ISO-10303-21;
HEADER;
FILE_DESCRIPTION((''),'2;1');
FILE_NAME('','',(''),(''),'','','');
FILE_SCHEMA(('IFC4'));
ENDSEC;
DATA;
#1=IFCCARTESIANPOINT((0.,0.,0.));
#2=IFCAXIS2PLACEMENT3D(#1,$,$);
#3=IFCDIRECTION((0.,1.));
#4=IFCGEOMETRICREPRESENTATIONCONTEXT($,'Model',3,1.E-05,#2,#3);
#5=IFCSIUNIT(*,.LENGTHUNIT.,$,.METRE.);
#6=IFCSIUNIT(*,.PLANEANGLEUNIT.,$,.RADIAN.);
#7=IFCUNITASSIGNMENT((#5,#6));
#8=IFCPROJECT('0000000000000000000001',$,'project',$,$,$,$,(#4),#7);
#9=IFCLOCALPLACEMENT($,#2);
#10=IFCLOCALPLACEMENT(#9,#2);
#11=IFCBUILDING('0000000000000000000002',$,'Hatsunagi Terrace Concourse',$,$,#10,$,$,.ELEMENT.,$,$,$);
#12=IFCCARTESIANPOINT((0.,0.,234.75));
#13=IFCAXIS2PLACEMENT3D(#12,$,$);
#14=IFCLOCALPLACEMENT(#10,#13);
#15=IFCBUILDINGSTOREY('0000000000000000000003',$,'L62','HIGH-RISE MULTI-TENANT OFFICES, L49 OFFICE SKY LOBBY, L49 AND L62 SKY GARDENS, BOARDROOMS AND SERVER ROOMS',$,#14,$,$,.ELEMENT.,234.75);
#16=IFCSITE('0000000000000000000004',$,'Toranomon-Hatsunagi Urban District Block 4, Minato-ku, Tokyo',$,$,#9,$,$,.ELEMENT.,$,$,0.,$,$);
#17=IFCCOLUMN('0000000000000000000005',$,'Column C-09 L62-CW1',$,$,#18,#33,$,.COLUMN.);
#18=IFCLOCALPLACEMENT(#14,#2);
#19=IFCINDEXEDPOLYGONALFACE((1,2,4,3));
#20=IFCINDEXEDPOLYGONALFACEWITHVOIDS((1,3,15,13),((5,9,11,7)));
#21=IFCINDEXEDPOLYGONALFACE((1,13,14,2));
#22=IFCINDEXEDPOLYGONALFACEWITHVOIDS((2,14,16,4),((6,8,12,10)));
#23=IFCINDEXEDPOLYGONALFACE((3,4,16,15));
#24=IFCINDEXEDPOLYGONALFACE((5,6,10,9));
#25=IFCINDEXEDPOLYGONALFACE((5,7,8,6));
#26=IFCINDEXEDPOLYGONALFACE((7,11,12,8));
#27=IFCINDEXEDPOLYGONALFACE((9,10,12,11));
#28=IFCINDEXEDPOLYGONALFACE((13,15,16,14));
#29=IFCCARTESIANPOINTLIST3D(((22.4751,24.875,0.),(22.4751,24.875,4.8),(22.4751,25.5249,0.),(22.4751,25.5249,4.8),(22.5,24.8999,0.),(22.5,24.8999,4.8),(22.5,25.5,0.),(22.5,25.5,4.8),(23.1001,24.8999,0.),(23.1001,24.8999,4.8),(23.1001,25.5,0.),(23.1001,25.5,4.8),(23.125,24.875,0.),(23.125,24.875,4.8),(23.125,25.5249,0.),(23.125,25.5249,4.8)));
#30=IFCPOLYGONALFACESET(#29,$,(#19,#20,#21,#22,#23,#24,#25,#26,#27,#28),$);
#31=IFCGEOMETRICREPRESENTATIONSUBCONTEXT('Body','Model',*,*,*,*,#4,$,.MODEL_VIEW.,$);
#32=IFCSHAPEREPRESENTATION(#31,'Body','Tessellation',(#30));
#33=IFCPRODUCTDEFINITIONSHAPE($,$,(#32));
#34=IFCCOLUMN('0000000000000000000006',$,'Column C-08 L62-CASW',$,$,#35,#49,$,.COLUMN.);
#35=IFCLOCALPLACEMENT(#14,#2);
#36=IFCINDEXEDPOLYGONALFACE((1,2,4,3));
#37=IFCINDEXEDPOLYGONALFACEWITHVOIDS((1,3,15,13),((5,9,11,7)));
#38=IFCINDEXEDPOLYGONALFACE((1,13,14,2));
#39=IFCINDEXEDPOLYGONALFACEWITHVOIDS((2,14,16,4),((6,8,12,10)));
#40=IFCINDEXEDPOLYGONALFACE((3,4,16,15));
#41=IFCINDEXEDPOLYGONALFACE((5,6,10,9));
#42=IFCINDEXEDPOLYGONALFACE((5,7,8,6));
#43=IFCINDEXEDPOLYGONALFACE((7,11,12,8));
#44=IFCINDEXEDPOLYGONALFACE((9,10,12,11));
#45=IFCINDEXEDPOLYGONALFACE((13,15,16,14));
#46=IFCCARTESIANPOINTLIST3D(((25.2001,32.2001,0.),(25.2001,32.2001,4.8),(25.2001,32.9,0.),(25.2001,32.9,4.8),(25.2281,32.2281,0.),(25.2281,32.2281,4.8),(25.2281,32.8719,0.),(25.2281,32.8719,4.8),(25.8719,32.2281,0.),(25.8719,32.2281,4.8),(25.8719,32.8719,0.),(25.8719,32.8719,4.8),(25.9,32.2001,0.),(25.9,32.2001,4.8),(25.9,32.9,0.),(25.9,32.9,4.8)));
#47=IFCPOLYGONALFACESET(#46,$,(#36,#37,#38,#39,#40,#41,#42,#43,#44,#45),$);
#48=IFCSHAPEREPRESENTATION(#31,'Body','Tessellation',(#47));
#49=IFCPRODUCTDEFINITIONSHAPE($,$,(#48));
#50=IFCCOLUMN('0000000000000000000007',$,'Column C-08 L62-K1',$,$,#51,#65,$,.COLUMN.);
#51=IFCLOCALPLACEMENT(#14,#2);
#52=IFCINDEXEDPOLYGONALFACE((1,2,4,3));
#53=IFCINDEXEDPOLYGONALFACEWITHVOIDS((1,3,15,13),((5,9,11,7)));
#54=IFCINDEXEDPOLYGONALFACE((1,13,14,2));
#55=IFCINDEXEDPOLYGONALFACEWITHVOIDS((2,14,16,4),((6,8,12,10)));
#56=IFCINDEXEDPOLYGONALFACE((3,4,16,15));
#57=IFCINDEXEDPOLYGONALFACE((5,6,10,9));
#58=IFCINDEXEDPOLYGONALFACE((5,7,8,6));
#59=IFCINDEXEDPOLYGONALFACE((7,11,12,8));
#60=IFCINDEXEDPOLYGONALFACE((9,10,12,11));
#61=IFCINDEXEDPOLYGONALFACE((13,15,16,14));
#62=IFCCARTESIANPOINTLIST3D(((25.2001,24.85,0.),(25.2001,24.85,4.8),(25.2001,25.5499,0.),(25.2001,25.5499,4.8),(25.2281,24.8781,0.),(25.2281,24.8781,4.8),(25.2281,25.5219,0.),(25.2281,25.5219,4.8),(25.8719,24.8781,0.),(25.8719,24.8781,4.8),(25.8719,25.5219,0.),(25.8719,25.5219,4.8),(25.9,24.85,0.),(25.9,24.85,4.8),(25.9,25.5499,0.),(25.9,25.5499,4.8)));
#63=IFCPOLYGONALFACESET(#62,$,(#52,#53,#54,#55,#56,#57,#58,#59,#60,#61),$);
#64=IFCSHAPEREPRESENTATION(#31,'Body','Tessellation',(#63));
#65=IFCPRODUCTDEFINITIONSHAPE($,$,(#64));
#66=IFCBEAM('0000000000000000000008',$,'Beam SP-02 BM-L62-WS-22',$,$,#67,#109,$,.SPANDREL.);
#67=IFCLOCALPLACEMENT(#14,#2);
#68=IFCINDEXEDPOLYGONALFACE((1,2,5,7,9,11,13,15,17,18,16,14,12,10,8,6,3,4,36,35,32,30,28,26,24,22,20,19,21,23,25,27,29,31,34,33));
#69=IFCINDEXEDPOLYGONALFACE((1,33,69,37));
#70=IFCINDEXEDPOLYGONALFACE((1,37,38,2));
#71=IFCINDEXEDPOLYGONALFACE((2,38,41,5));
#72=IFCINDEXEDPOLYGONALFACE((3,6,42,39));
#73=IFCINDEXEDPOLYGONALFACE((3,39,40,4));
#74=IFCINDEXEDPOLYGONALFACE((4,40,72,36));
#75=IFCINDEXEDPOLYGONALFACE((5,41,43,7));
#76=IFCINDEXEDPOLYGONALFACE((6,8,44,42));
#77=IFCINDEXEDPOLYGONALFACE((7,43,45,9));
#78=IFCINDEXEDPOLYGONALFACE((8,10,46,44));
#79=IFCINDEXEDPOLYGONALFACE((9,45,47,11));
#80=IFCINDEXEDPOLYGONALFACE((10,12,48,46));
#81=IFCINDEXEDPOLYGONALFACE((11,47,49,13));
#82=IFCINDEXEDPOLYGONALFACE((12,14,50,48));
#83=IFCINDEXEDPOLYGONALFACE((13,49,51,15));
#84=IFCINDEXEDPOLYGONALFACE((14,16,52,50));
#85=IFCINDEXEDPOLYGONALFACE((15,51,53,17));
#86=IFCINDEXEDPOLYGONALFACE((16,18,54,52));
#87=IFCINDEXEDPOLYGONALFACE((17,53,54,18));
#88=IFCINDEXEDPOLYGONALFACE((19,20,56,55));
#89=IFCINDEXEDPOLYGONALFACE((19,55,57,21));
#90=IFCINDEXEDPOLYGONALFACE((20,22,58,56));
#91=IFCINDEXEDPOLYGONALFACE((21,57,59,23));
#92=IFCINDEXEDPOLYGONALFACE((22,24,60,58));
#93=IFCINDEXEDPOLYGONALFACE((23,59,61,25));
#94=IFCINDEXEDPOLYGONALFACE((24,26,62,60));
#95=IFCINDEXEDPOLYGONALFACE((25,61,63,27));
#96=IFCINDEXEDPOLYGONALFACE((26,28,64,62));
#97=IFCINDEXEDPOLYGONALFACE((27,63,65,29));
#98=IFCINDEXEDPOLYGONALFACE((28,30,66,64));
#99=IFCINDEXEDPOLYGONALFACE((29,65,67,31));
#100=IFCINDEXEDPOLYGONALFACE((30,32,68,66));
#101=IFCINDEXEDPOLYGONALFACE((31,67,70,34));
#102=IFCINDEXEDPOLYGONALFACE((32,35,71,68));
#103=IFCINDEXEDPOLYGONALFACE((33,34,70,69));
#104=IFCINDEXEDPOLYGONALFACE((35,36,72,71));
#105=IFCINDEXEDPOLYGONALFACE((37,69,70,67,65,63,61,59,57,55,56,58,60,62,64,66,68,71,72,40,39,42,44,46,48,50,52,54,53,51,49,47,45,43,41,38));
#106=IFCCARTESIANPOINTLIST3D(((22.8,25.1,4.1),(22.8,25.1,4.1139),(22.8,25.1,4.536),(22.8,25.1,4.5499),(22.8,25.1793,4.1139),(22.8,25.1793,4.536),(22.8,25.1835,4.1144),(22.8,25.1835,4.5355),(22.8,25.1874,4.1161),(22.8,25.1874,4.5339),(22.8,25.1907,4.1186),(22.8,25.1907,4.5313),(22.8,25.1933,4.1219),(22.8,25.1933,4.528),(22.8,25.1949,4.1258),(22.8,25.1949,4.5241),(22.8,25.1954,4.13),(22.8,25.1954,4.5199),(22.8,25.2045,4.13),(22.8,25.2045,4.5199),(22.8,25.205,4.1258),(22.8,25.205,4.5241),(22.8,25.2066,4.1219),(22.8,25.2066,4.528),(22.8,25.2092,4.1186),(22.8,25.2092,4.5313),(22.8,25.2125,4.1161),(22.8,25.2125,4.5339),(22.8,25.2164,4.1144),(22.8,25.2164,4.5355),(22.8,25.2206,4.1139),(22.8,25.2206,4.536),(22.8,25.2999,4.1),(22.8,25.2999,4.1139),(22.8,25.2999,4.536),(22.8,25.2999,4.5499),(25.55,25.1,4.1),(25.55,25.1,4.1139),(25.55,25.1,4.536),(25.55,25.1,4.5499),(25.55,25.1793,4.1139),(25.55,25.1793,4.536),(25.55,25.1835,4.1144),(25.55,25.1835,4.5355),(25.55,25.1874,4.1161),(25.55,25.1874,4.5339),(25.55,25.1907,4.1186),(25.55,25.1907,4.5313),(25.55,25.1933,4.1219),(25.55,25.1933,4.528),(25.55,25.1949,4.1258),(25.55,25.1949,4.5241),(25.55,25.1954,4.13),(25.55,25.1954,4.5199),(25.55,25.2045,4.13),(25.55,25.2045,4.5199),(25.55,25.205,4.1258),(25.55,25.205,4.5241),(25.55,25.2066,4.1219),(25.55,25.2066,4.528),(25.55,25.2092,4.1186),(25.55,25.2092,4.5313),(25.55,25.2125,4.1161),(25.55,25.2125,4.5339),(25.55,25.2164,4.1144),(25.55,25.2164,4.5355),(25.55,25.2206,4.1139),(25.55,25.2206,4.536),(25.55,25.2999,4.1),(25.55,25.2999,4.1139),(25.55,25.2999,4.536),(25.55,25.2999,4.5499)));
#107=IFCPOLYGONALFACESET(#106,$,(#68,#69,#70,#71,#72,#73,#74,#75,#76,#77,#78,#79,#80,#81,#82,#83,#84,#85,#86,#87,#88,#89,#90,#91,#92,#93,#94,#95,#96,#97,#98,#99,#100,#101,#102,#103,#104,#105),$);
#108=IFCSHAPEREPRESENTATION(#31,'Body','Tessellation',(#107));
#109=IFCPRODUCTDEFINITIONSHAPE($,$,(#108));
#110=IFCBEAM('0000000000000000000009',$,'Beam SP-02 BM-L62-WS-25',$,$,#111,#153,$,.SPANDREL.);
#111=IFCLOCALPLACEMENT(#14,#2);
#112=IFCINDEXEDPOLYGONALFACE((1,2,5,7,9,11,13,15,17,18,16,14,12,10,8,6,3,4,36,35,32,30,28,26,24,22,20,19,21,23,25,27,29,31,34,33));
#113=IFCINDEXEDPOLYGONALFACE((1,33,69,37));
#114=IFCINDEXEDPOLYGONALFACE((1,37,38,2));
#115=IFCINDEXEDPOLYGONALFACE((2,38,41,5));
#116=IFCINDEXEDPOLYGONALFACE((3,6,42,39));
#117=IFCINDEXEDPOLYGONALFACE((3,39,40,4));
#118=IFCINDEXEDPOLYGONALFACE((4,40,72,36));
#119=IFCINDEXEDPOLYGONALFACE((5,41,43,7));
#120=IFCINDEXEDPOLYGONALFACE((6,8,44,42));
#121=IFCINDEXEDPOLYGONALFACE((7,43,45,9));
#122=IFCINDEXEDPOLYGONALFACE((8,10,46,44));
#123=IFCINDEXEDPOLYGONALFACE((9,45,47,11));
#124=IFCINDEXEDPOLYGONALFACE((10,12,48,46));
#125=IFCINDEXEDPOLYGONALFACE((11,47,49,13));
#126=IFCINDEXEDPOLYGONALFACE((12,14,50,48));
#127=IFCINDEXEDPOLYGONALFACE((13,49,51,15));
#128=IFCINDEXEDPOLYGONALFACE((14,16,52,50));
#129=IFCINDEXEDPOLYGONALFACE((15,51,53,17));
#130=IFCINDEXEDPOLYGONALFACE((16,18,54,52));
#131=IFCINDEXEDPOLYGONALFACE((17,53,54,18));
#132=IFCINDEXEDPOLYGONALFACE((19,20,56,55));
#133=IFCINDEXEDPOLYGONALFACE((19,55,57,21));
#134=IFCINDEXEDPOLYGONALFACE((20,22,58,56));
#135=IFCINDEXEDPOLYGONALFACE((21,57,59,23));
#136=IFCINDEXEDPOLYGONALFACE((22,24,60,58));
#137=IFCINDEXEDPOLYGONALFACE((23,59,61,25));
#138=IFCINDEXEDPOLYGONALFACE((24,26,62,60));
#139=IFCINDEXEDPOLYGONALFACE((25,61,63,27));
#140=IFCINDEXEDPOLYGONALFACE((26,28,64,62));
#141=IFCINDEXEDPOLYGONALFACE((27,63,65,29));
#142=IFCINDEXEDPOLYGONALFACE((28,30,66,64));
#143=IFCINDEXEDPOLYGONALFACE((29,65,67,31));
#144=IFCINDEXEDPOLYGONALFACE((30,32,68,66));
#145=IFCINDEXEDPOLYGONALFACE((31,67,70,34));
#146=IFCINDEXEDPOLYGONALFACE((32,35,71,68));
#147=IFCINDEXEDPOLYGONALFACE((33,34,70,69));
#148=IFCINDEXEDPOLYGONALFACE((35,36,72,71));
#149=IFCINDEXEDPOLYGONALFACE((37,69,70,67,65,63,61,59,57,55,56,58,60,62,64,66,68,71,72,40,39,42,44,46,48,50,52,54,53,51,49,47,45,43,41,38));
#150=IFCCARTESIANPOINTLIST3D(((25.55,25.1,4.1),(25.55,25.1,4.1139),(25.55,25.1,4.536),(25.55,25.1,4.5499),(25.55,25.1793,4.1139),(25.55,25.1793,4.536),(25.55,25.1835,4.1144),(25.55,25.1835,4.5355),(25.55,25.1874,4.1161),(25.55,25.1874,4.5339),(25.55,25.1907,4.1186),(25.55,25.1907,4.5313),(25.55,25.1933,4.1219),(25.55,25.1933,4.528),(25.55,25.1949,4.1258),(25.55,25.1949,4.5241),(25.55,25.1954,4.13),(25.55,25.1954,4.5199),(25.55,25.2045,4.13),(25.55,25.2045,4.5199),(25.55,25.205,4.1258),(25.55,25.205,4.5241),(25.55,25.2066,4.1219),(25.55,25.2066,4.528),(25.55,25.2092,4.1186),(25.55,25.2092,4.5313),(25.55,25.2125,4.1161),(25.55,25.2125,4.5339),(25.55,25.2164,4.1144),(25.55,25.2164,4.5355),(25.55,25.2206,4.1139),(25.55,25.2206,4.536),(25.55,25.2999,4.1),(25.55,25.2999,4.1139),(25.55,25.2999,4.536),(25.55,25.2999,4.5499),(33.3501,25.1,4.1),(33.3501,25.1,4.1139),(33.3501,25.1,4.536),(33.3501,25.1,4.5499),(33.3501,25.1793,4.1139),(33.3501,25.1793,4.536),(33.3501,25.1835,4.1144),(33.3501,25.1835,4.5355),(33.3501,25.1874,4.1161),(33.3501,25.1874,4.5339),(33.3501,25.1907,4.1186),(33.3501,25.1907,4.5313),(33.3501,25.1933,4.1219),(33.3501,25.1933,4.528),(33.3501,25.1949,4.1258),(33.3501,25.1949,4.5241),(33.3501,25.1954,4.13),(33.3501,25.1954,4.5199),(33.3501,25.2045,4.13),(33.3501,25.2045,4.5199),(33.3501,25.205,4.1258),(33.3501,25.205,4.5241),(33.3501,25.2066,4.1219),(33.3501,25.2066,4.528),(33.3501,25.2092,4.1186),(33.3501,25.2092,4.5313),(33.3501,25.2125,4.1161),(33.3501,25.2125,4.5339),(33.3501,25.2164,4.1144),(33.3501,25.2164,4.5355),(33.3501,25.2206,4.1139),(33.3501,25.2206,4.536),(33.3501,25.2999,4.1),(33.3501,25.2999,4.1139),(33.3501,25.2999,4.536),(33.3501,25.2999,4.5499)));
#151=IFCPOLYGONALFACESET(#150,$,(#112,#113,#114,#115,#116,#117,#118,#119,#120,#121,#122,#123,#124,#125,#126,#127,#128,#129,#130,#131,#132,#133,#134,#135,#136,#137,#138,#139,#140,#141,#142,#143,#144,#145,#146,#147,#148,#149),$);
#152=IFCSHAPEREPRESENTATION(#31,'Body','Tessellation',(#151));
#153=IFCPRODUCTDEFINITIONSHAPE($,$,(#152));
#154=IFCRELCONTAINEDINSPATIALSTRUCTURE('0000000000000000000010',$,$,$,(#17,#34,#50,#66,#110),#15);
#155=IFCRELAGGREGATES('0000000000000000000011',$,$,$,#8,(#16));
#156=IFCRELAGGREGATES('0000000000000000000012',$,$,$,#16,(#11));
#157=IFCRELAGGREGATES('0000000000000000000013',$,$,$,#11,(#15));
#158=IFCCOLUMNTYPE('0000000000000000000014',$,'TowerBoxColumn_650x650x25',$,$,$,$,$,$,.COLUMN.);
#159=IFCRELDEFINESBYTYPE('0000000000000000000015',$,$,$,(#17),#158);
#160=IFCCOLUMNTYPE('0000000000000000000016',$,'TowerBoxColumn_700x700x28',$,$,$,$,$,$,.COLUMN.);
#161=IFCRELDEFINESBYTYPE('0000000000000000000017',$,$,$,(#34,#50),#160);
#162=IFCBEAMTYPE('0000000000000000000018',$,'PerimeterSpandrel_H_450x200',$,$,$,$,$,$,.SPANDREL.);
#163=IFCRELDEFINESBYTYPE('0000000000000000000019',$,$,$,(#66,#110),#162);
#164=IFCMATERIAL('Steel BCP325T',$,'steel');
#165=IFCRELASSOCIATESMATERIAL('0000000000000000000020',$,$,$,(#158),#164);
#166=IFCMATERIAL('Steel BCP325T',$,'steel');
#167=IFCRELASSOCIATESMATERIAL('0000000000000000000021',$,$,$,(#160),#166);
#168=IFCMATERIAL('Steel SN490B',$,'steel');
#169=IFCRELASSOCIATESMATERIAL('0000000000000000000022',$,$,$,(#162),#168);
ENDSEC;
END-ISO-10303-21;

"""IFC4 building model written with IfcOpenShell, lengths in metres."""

from ifc_helpers import new_model, si_unit, direction, frame, origin, origin_2d, place, context, subcontext, project, spatial, hollow_rectangle, i_section, extrude, material, material_profile, profile_set, type_object, element, save


model = new_model("IFC4")

# Units and contexts
model_context = context("Model", 3, precision=1e-05, world=origin(), true_north=direction((0.0, 1.0)))
body_context = subcontext(model_context, "Body", "Model", "MODEL_VIEW")
ifc_project = project(units=[si_unit("LENGTHUNIT", "METRE"), si_unit("PLANEANGLEUNIT", "RADIAN")], contexts=[model_context])

# Site, building, storey
site_placement = place(None, origin())
site = spatial("IfcSite", under=ifc_project, at=site_placement, Name="Toranomon-Hatsunagi Urban District Block 4, Minato-ku, Tokyo", CompositionType="ELEMENT", RefElevation=0.0)
building_placement = place(site_placement, origin())
building = spatial("IfcBuilding", under=site, at=building_placement, Name="Hatsunagi Terrace Concourse", CompositionType="ELEMENT")
storey_placement = place(building_placement, frame((0.0, 0.0, 234.75)))
storey = spatial("IfcBuildingStorey", under=building, at=storey_placement, Name="L62", Description="HIGH-RISE MULTI-TENANT OFFICES, L49 OFFICE SKY LOBBY, L49 AND L62 SKY GARDENS, BOARDROOMS AND SERVER ROOMS", CompositionType="ELEMENT", Elevation=234.75)

# Columns
ifc_material_1 = material(Name="Steel BCP325T", Category="steel")
ifc_material_profile_1 = material_profile(ifc_material_1, hollow_rectangle(XDim=0.6499, YDim=0.6499, WallThickness=0.0249, at=origin_2d()), Name="BCP-650x650x25")
ifc_profile_set_1 = profile_set([ifc_material_profile_1], Name="Steel BCP325T")
column_type_1 = type_object("IfcColumnType", Name="TowerBoxColumn_650x650x25", PredefinedType="COLUMN", material=ifc_profile_set_1)
column_placement = place(storey_placement, frame((22.8, 25.2, 0.0), z_axis=(0.0, 0.0, 1.0), x_axis=(1.0, 0.0, 0.0)))
element("IfcColumn", 1, at=column_placement, inside=storey, type_object=column_type_1, Name="Column C-09 L62-CW1", PredefinedType="COLUMN", context=body_context, shape_type="SweptSolid", body=[
    extrude(hollow_rectangle(XDim=0.6499, YDim=0.6499, WallThickness=0.0249, at=origin_2d()), origin(), (0.0, 0.0, 1.0), 4.8),
])
ifc_material_2 = material(Name="Steel BCP325T", Category="steel")
ifc_material_profile_2 = material_profile(ifc_material_2, hollow_rectangle(XDim=0.7, YDim=0.7, WallThickness=0.0281, at=origin_2d()), Name="BCP-700x700x28")
ifc_profile_set_2 = profile_set([ifc_material_profile_2], Name="Steel BCP325T")
column_type_2 = type_object("IfcColumnType", Name="TowerBoxColumn_700x700x28", PredefinedType="COLUMN", material=ifc_profile_set_2)
for number, where, z_axis, x_axis, name in (
    (2, (25.55, 32.55, 0.0), (0.0, 0.0, 1.0), (1.0, 0.0, 0.0), "Column C-08 L62-CASW"),
    (3, (25.55, 25.2, 0.0), (0.0, 0.0, 1.0), (1.0, 0.0, 0.0), "Column C-08 L62-K1"),
):
    element("IfcColumn", number, at=place(storey_placement, frame(where, z_axis=z_axis, x_axis=x_axis)), inside=storey, type_object=column_type_2, Name=name, PredefinedType="COLUMN", context=body_context, shape_type="SweptSolid", body=[
        extrude(hollow_rectangle(XDim=0.7, YDim=0.7, WallThickness=0.0281, at=origin_2d()), origin(), (0.0, 0.0, 1.0), 4.8),
    ])

# Beams
ifc_material_3 = material(Name="Steel SN490B", Category="steel")
ifc_material_profile_3 = material_profile(ifc_material_3, i_section(OverallWidth=0.2, OverallDepth=0.45, WebThickness=0.009, FlangeThickness=0.0139, FilletRadius=0.0161, at=origin_2d()), Name="H-450x200x9x14")
ifc_profile_set_3 = profile_set([ifc_material_profile_3], Name="Steel SN490B")
beam_type_1 = type_object("IfcBeamType", Name="PerimeterSpandrel_H_450x200", PredefinedType="SPANDREL", material=ifc_profile_set_3)
beam_1_placement = place(storey_placement, frame((22.8, 25.2, 4.325), z_axis=(1.0, 0.0, 0.0), x_axis=(0.0, 1.0, 0.0)))
element("IfcBeam", 4, at=beam_1_placement, inside=storey, type_object=beam_type_1, Name="Beam SP-02 BM-L62-WS-22", PredefinedType="SPANDREL", context=body_context, shape_type="SweptSolid", body=[
    extrude(i_section(OverallWidth=0.2, OverallDepth=0.45, WebThickness=0.009, FlangeThickness=0.0139, FilletRadius=0.0161, at=origin_2d()), origin(), (0.0, 0.0, 1.0), 2.75),
])
beam_2_placement = place(storey_placement, frame((25.55, 25.2, 4.325), z_axis=(1.0, 0.0, 0.0), x_axis=(0.0, 1.0, 0.0)))
element("IfcBeam", 5, at=beam_2_placement, inside=storey, type_object=beam_type_1, Name="Beam SP-02 BM-L62-WS-25", PredefinedType="SPANDREL", context=body_context, shape_type="SweptSolid", body=[
    extrude(i_section(OverallWidth=0.2, OverallDepth=0.45, WebThickness=0.009, FlangeThickness=0.0139, FilletRadius=0.0161, at=origin_2d()), origin(), (0.0, 0.0, 1.0), 7.8),
])

save(model, "model.ifc")
